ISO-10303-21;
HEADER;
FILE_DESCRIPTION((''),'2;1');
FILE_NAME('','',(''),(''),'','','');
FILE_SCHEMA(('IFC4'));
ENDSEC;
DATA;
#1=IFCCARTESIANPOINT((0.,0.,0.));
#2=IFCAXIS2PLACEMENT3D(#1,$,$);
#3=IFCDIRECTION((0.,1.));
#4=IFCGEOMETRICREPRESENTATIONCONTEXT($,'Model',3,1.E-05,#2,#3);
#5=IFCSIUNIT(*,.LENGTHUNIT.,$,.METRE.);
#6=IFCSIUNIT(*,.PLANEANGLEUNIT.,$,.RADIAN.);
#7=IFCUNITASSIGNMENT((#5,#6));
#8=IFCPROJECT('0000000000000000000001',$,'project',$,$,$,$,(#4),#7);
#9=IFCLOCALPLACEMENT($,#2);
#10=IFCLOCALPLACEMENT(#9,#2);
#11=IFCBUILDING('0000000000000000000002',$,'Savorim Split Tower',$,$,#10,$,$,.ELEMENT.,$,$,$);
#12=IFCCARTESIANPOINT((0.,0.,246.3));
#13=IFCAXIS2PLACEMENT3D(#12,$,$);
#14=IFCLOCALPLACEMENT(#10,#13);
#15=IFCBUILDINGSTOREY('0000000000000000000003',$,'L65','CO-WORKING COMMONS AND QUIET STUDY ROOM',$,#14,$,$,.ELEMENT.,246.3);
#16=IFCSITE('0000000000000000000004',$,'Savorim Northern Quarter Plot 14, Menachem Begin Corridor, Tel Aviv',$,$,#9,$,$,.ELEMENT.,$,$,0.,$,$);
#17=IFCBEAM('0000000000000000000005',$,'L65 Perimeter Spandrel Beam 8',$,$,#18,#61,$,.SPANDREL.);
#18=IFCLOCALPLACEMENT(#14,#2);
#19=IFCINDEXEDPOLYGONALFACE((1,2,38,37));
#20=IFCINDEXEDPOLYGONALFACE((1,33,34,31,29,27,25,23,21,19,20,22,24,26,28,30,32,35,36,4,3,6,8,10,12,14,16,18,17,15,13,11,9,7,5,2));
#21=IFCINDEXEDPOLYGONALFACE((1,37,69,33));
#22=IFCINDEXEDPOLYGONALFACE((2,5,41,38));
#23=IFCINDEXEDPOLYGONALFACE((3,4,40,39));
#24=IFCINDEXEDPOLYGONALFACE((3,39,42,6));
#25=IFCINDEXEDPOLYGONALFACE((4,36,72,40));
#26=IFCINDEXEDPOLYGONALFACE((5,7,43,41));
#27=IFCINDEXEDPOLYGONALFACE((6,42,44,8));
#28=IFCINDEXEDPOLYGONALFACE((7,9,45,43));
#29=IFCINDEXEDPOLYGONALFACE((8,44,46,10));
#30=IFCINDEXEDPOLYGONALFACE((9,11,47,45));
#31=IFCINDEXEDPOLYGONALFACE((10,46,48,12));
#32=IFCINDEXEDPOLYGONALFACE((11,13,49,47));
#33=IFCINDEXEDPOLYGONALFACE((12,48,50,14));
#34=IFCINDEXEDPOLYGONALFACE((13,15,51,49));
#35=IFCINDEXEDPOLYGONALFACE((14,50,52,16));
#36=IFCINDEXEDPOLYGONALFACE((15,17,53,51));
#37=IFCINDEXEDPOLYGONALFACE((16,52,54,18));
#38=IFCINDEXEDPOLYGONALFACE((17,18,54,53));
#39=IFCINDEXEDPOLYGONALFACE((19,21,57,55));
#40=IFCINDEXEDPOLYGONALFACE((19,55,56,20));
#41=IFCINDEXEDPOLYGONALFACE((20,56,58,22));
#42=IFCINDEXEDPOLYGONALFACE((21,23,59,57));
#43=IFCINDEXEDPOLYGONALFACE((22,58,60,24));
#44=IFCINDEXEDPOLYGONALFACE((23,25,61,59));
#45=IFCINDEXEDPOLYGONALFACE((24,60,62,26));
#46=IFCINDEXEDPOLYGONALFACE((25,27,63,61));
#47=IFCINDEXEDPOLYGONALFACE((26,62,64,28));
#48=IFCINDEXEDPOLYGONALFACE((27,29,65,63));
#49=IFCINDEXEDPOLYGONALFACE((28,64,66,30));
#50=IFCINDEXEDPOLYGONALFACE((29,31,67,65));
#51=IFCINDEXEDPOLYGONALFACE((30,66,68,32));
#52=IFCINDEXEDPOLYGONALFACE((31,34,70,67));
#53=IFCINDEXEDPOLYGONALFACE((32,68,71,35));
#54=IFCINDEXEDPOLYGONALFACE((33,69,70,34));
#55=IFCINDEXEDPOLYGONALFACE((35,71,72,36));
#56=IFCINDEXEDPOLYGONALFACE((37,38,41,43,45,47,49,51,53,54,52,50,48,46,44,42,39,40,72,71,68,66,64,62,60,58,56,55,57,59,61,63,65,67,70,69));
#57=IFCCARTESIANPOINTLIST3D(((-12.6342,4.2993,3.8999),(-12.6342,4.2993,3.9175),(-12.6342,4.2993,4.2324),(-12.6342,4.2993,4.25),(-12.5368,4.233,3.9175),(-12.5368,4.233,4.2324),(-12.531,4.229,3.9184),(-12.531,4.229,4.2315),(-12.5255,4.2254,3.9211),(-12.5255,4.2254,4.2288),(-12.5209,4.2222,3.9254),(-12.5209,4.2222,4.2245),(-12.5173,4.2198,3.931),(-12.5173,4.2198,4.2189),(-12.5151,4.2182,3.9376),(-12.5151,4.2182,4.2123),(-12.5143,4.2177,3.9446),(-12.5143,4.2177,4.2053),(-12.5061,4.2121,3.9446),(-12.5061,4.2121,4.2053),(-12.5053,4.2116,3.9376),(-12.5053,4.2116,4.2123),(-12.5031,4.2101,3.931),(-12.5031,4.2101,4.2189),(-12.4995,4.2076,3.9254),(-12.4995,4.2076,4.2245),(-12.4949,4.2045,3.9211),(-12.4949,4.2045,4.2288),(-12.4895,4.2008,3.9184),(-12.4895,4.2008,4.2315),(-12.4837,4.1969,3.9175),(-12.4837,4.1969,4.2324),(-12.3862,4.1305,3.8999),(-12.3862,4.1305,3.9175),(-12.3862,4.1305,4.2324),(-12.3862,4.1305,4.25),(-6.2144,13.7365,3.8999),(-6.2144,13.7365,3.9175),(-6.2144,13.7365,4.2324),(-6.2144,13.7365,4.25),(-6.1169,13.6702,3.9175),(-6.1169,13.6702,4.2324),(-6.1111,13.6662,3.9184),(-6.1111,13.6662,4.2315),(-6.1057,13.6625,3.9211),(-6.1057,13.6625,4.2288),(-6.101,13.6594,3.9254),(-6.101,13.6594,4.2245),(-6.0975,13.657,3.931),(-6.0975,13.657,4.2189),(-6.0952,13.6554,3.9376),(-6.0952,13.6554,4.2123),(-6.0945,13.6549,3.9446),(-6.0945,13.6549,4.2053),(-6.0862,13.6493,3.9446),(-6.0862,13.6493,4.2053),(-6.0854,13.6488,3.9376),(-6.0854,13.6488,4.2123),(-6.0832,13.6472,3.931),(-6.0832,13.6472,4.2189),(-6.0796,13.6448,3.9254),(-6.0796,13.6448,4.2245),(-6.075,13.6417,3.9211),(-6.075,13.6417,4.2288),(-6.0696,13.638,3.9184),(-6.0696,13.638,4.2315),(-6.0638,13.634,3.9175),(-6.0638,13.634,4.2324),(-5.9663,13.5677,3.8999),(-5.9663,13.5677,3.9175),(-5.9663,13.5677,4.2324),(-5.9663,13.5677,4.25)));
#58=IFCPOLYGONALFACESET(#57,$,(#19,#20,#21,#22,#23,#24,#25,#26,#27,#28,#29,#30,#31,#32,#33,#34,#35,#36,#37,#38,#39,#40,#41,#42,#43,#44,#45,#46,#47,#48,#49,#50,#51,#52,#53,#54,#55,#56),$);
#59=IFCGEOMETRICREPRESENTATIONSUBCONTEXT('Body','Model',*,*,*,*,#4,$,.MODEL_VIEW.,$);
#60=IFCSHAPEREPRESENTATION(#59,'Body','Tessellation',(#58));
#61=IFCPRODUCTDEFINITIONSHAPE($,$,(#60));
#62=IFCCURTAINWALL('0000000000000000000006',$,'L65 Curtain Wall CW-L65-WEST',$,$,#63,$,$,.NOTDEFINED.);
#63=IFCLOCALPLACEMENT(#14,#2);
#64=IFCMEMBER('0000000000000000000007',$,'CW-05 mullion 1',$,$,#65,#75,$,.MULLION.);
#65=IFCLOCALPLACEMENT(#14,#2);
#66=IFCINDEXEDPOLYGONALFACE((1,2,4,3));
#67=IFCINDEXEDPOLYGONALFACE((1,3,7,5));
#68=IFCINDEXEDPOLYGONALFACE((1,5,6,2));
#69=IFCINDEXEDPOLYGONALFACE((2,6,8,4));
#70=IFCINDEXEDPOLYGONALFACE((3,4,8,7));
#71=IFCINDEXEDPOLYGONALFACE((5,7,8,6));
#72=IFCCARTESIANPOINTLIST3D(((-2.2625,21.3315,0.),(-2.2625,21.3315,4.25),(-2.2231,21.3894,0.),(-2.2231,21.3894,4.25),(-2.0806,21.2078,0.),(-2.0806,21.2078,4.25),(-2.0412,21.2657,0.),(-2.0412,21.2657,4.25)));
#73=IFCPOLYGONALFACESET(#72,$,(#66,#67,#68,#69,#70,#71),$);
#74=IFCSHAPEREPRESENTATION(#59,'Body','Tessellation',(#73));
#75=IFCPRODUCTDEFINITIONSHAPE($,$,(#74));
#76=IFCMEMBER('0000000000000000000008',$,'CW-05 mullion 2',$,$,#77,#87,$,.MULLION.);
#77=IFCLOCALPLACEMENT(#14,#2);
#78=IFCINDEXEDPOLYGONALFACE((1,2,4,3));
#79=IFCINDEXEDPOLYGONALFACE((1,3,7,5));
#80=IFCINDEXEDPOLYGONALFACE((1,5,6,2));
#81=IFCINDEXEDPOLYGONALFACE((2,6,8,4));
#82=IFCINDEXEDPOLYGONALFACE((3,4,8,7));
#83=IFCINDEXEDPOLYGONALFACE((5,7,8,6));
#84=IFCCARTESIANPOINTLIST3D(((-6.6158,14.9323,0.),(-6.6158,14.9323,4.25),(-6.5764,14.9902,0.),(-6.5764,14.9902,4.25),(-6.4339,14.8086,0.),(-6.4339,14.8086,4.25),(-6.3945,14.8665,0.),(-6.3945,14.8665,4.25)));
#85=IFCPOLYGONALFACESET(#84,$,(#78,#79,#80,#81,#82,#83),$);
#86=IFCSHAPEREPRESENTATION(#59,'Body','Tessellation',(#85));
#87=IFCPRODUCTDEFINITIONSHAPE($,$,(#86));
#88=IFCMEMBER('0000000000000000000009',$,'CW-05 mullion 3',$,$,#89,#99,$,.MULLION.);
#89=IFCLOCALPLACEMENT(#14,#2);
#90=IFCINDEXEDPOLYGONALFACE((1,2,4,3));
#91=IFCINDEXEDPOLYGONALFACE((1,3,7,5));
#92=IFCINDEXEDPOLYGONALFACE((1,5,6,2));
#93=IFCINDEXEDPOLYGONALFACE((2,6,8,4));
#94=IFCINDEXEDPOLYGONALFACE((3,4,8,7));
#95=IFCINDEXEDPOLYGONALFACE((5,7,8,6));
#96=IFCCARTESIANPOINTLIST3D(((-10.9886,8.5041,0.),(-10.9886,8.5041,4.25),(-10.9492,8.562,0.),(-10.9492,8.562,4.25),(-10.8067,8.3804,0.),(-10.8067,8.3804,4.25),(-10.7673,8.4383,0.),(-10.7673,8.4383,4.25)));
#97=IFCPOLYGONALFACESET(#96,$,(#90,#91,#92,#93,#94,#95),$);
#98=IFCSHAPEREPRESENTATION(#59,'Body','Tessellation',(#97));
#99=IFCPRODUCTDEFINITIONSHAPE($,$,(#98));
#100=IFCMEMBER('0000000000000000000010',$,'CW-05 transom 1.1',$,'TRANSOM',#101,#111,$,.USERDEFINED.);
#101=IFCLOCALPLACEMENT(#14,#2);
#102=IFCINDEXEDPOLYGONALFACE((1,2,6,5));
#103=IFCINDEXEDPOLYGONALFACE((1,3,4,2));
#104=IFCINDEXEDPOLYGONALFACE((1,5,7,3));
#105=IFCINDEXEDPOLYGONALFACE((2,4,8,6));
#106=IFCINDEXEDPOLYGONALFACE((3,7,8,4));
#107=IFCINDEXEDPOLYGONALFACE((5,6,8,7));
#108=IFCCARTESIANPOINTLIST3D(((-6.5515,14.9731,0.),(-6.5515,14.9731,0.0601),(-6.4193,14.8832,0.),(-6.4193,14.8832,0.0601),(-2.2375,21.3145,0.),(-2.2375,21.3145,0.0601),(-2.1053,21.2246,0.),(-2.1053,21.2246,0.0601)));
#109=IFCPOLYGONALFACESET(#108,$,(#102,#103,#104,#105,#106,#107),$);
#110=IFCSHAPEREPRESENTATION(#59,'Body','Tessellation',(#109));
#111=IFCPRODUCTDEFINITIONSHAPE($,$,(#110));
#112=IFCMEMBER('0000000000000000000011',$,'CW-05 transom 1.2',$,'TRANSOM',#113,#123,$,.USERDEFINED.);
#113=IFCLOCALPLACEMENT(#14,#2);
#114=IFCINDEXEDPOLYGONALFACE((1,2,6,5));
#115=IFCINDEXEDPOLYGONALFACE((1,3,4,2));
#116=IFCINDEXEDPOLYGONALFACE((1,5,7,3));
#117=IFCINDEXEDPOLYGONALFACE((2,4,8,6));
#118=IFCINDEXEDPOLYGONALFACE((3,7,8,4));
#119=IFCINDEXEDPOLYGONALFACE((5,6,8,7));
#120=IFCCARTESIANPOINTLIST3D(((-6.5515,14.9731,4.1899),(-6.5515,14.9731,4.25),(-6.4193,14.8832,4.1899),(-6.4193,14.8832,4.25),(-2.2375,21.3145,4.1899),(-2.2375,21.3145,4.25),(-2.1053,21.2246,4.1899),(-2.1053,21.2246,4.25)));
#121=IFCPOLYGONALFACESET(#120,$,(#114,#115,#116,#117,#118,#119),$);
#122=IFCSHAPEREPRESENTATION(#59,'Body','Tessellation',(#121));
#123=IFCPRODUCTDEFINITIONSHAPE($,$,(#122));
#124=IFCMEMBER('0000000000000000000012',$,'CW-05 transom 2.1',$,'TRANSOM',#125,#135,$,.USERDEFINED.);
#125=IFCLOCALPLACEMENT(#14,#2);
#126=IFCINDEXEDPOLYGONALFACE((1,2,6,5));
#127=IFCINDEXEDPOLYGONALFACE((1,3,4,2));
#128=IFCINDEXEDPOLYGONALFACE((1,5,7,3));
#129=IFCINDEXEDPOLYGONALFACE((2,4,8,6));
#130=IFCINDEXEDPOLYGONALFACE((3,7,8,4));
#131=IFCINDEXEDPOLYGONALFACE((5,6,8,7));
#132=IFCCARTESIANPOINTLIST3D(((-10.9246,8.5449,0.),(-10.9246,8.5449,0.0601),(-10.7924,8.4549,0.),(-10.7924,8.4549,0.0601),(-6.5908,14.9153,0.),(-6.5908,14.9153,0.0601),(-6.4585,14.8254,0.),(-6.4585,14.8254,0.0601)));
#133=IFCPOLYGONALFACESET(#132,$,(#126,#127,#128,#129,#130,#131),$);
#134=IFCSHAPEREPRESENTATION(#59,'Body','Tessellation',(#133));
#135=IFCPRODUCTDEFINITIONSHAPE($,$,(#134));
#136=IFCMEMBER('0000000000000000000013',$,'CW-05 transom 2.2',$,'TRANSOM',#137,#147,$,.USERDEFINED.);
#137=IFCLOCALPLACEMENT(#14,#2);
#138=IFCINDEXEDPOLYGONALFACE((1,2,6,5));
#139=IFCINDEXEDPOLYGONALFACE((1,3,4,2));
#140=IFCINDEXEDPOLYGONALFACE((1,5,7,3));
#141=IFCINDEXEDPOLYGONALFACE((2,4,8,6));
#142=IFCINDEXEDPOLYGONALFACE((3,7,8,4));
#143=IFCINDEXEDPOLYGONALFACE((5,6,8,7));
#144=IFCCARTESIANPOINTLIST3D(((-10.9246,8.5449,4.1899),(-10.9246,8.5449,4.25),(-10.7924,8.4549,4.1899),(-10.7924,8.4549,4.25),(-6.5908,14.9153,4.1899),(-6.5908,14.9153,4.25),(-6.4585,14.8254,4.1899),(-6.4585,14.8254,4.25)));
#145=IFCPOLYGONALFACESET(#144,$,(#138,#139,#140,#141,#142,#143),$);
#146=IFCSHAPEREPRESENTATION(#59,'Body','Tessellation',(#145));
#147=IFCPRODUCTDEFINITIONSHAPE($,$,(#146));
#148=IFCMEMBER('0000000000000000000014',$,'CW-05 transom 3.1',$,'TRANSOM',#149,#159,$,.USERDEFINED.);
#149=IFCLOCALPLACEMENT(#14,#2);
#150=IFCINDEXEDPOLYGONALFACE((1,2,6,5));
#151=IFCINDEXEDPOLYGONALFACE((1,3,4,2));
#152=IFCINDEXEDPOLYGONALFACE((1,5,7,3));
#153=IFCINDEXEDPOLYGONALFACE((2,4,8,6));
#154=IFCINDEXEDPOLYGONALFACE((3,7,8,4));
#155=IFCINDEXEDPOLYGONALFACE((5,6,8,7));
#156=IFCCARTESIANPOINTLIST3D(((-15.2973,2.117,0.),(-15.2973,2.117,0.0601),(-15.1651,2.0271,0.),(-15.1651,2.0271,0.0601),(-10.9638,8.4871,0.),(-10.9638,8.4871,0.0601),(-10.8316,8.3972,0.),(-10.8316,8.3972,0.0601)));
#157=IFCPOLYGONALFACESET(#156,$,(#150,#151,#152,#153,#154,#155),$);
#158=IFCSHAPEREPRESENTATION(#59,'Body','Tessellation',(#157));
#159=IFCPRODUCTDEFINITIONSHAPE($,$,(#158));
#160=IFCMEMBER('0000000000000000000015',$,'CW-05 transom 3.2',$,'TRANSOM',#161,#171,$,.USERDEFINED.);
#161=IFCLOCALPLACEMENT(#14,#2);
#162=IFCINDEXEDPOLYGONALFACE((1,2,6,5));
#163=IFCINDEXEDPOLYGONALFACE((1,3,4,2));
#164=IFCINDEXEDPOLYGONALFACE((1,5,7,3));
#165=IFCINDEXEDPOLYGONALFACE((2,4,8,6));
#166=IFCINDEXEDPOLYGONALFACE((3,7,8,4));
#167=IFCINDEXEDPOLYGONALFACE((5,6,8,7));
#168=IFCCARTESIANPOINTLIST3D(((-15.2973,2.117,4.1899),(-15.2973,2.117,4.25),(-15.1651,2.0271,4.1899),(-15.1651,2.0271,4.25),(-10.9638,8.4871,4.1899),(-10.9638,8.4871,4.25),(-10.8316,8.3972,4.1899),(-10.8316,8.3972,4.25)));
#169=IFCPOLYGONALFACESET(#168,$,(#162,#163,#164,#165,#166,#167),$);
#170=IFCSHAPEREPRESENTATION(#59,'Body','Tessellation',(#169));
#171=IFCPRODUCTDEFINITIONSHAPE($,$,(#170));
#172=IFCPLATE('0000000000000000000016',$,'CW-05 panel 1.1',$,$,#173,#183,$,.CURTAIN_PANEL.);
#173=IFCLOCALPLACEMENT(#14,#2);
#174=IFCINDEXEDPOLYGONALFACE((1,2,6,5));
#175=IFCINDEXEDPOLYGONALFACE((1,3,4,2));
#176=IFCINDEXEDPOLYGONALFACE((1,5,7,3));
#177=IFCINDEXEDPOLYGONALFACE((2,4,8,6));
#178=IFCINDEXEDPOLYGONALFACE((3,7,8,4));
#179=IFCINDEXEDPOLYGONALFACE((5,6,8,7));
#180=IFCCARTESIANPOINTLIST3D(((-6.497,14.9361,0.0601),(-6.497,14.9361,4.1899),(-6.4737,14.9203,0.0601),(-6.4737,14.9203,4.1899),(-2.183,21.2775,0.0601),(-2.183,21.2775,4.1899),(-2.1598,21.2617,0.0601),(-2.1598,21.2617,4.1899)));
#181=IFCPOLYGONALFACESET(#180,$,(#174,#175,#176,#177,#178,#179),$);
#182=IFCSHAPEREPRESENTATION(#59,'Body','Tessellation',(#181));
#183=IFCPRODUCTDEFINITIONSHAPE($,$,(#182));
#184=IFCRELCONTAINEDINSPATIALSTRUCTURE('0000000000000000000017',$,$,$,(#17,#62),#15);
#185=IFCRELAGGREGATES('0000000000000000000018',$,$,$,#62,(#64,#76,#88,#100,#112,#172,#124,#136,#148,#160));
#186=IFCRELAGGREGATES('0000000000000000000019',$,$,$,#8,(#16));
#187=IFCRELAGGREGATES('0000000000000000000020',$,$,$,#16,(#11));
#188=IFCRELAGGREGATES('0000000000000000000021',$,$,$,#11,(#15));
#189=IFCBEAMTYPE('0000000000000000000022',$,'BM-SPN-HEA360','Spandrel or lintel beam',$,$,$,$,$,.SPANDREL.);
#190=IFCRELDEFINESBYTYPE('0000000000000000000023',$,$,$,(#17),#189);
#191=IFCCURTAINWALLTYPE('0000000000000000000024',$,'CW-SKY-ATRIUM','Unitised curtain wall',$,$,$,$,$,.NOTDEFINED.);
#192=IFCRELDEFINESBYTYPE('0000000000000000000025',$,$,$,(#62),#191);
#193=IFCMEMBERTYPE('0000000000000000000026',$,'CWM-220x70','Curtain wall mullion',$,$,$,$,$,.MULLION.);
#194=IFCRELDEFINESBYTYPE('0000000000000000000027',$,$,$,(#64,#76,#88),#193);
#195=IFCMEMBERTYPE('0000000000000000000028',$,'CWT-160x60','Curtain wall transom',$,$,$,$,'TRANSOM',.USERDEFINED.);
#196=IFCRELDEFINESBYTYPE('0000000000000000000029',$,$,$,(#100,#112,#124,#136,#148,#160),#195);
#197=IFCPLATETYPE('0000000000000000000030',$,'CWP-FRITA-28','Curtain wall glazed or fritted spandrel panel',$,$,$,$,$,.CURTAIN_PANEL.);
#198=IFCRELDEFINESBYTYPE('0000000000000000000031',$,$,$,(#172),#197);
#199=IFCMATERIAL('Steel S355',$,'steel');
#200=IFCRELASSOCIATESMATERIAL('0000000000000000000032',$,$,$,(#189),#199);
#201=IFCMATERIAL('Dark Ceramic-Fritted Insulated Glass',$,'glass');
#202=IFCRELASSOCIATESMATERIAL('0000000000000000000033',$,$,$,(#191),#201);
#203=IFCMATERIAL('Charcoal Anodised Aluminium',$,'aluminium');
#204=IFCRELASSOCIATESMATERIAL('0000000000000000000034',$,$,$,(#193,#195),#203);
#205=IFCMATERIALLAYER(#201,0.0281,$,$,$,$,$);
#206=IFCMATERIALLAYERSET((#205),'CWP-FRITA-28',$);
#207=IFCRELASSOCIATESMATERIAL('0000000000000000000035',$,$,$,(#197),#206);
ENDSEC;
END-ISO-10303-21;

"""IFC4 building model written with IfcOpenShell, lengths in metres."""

from ifc_helpers import new_model, si_unit, direction, frame, origin, origin_2d, place, context, subcontext, project, spatial, rectangle, i_section, extrude, material, layer, layer_set, material_profile, profile_set, type_object, element, aggregate, save


model = new_model("IFC4")

# Units and contexts
model_context = context("Model", 3, precision=1e-05, world=origin(), true_north=direction((0.0, 1.0)))
body_context = subcontext(model_context, "Body", "Model", "MODEL_VIEW")
ifc_project = project(units=[si_unit("LENGTHUNIT", "METRE"), si_unit("PLANEANGLEUNIT", "RADIAN")], contexts=[model_context])

# Site, building, storey
site_placement = place(None, origin())
site = spatial("IfcSite", under=ifc_project, at=site_placement, Name="Savorim Northern Quarter Plot 14, Menachem Begin Corridor, Tel Aviv", CompositionType="ELEMENT", RefElevation=0.0)
building_placement = place(site_placement, origin())
building = spatial("IfcBuilding", under=site, at=building_placement, Name="Savorim Split Tower", CompositionType="ELEMENT")
storey_placement = place(building_placement, frame((0.0, 0.0, 246.3)))
storey = spatial("IfcBuildingStorey", under=building, at=storey_placement, Name="L65", Description="CO-WORKING COMMONS AND QUIET STUDY ROOM", CompositionType="ELEMENT", Elevation=246.3)

# Shared definitions
ifc_material_1 = material(Name="Steel S355", Category="steel")

# Beam
ifc_material_profile_1 = material_profile(ifc_material_1, i_section(OverallWidth=0.3, OverallDepth=0.3501, WebThickness=0.01, FlangeThickness=0.0176, FilletRadius=0.0271, at=origin_2d()), Name="HEA 360")
ifc_profile_set_1 = profile_set([ifc_material_profile_1], Name="Steel S355")
beam_type_1 = type_object("IfcBeamType", Name="BM-SPN-HEA360", Description="Spandrel or lintel beam", PredefinedType="SPANDREL", material=ifc_profile_set_1)
beam_1_placement = place(storey_placement, frame((-6.0903, 13.6521, 4.075), z_axis=(-0.562465, -0.826821, 0.0), x_axis=(0.826821, -0.562465, 0.0)))
element("IfcBeam", 1, at=beam_1_placement, inside=storey, type_object=beam_type_1, Name="L65 Perimeter Spandrel Beam 8", PredefinedType="SPANDREL", context=body_context, shape_type="SweptSolid", body=[
    extrude(i_section(OverallWidth=0.3, OverallDepth=0.3501, WebThickness=0.01, FlangeThickness=0.0176, FilletRadius=0.0271, at=origin_2d()), origin(), (0.0, 0.0, 1.0), 11.4138),
])

# Curtain wall, members, plate
ifc_material_2 = material(Name="Dark Ceramic-Fritted Insulated Glass", Category="glass")
curtain_wall_type = type_object("IfcCurtainWallType", Name="CW-SKY-ATRIUM", Description="Unitised curtain wall", PredefinedType="NOTDEFINED", material=ifc_material_2)
curtain_wall_placement = place(storey_placement, origin())
curtain_wall = element("IfcCurtainWall", 2, at=curtain_wall_placement, inside=storey, type_object=curtain_wall_type, Name="L65 Curtain Wall CW-L65-WEST", PredefinedType="NOTDEFINED")
ifc_material_3 = material(Name="Charcoal Anodised Aluminium", Category="aluminium")
ifc_material_profile_2 = material_profile(ifc_material_3, rectangle(XDim=0.22, YDim=0.0701, at=origin_2d()), Name="ALU-M 220x70")
ifc_profile_set_2 = profile_set([ifc_material_profile_2], Name="Charcoal Anodised Aluminium")
member_type_1 = type_object("IfcMemberType", Name="CWM-220x70", Description="Curtain wall mullion", PredefinedType="MULLION", material=ifc_profile_set_2)
member_1_placement = place(storey_placement, frame((-2.1519, 21.2986, 0.0), z_axis=(0.0, 0.0, 1.0), x_axis=(0.826818, -0.562469, 0.0)))
member_1 = element("IfcMember", 3, at=member_1_placement, type_object=member_type_1, Name="CW-05 mullion 1", PredefinedType="MULLION", context=body_context, shape_type="SweptSolid", body=[
    extrude(rectangle(XDim=0.22, YDim=0.0701, at=origin_2d()), origin(), (0.0, 0.0, 1.0), 4.25),
])
member_2_placement = place(storey_placement, frame((-6.5051, 14.8994, 0.0), z_axis=(0.0, 0.0, 1.0), x_axis=(0.826818, -0.562469, 0.0)))
member_2 = element("IfcMember", 4, at=member_2_placement, type_object=member_type_1, Name="CW-05 mullion 2", PredefinedType="MULLION", context=body_context, shape_type="SweptSolid", body=[
    extrude(rectangle(XDim=0.22, YDim=0.0701, at=origin_2d()), origin(), (0.0, 0.0, 1.0), 4.25),
])
member_3_placement = place(storey_placement, frame((-10.8779, 8.4712, 0.0), z_axis=(0.0, 0.0, 1.0), x_axis=(0.826818, -0.562469, 0.0)))
member_3 = element("IfcMember", 5, at=member_3_placement, type_object=member_type_1, Name="CW-05 mullion 3", PredefinedType="MULLION", context=body_context, shape_type="SweptSolid", body=[
    extrude(rectangle(XDim=0.22, YDim=0.0701, at=origin_2d()), origin(), (0.0, 0.0, 1.0), 4.25),
])
ifc_material_profile_3 = material_profile(ifc_material_3, rectangle(XDim=0.1599, YDim=0.0601, at=origin_2d()), Name="ALU-T 160x60")
ifc_profile_set_3 = profile_set([ifc_material_profile_3], Name="Charcoal Anodised Aluminium")
member_type_2 = type_object("IfcMemberType", Name="CWT-160x60", Description="Curtain wall transom", ElementType="TRANSOM", PredefinedType="USERDEFINED", material=ifc_profile_set_3)
member_4_placement = place(storey_placement, frame((-2.1714, 21.2695, 0.03), z_axis=(-0.562477, -0.826813, 0.0), x_axis=(0.826813, -0.562477, 0.0)))
member_4 = element("IfcMember", 6, at=member_4_placement, type_object=member_type_2, Name="CW-05 transom 1.1", ObjectType="TRANSOM", PredefinedType="USERDEFINED", context=body_context, shape_type="SweptSolid", body=[
    extrude(rectangle(XDim=0.1599, YDim=0.0601, at=origin_2d()), origin(), (0.0, 0.0, 1.0), 7.6697),
])
member_5_placement = place(storey_placement, frame((-2.1714, 21.2695, 4.22), z_axis=(-0.562477, -0.826813, 0.0), x_axis=(0.826813, -0.562477, 0.0)))
member_5 = element("IfcMember", 7, at=member_5_placement, type_object=member_type_2, Name="CW-05 transom 1.2", ObjectType="TRANSOM", PredefinedType="USERDEFINED", context=body_context, shape_type="SweptSolid", body=[
    extrude(rectangle(XDim=0.1599, YDim=0.0601, at=origin_2d()), origin(), (0.0, 0.0, 1.0), 7.6697),
])
member_6_placement = place(storey_placement, frame((-6.5247, 14.8704, 0.03), z_axis=(-0.562478, -0.826812, 0.0), x_axis=(0.826812, -0.562478, 0.0)))
member_6 = element("IfcMember", 8, at=member_6_placement, type_object=member_type_2, Name="CW-05 transom 2.1", ObjectType="TRANSOM", PredefinedType="USERDEFINED", context=body_context, shape_type="SweptSolid", body=[
    extrude(rectangle(XDim=0.1599, YDim=0.0601, at=origin_2d()), origin(), (0.0, 0.0, 1.0), 7.7048),
])
member_7_placement = place(storey_placement, frame((-6.5247, 14.8704, 4.22), z_axis=(-0.562478, -0.826812, 0.0), x_axis=(0.826812, -0.562478, 0.0)))
member_7 = element("IfcMember", 9, at=member_7_placement, type_object=member_type_2, Name="CW-05 transom 2.2", ObjectType="TRANSOM", PredefinedType="USERDEFINED", context=body_context, shape_type="SweptSolid", body=[
    extrude(rectangle(XDim=0.1599, YDim=0.0601, at=origin_2d()), origin(), (0.0, 0.0, 1.0), 7.7048),
])
member_8_placement = place(storey_placement, frame((-10.8977, 8.4421, 0.03), z_axis=(-0.562471, -0.826817, 0.0), x_axis=(0.826817, -0.562471, 0.0)))
member_8 = element("IfcMember", 10, at=member_8_placement, type_object=member_type_2, Name="CW-05 transom 3.1", ObjectType="TRANSOM", PredefinedType="USERDEFINED", context=body_context, shape_type="SweptSolid", body=[
    extrude(rectangle(XDim=0.1599, YDim=0.0601, at=origin_2d()), origin(), (0.0, 0.0, 1.0), 7.7043),
])
member_9_placement = place(storey_placement, frame((-10.8977, 8.4421, 4.22), z_axis=(-0.562471, -0.826817, 0.0), x_axis=(0.826817, -0.562471, 0.0)))
member_9 = element("IfcMember", 11, at=member_9_placement, type_object=member_type_2, Name="CW-05 transom 3.2", ObjectType="TRANSOM", PredefinedType="USERDEFINED", context=body_context, shape_type="SweptSolid", body=[
    extrude(rectangle(XDim=0.1599, YDim=0.0601, at=origin_2d()), origin(), (0.0, 0.0, 1.0), 7.7043),
])
ifc_layer_1 = layer(ifc_material_2, 0.0281)
ifc_layer_set_1 = layer_set([ifc_layer_1], Name="CWP-FRITA-28")
plate_type = type_object("IfcPlateType", Name="CWP-FRITA-28", Description="Curtain wall glazed or fritted spandrel panel", PredefinedType="CURTAIN_PANEL", material=ifc_layer_set_1)
plate_1_placement = place(storey_placement, frame((-4.3284, 18.0989, 0.0601), z_axis=(0.0, 0.0, 1.0), x_axis=(-0.562469, -0.826818, 0.0)))
plate_1 = element("IfcPlate", 12, at=plate_1_placement, type_object=plate_type, Name="CW-05 panel 1.1", PredefinedType="CURTAIN_PANEL", context=body_context, shape_type="SweptSolid", body=[
    extrude(rectangle(XDim=7.6697, YDim=0.0281, at=origin_2d()), origin(), (0.0, 0.0, 1.0), 4.1299),
])
aggregate(curtain_wall, [member_1, member_2, member_3, member_4, member_5, plate_1, member_6, member_7, member_8, member_9])

save(model, "model.ifc")
